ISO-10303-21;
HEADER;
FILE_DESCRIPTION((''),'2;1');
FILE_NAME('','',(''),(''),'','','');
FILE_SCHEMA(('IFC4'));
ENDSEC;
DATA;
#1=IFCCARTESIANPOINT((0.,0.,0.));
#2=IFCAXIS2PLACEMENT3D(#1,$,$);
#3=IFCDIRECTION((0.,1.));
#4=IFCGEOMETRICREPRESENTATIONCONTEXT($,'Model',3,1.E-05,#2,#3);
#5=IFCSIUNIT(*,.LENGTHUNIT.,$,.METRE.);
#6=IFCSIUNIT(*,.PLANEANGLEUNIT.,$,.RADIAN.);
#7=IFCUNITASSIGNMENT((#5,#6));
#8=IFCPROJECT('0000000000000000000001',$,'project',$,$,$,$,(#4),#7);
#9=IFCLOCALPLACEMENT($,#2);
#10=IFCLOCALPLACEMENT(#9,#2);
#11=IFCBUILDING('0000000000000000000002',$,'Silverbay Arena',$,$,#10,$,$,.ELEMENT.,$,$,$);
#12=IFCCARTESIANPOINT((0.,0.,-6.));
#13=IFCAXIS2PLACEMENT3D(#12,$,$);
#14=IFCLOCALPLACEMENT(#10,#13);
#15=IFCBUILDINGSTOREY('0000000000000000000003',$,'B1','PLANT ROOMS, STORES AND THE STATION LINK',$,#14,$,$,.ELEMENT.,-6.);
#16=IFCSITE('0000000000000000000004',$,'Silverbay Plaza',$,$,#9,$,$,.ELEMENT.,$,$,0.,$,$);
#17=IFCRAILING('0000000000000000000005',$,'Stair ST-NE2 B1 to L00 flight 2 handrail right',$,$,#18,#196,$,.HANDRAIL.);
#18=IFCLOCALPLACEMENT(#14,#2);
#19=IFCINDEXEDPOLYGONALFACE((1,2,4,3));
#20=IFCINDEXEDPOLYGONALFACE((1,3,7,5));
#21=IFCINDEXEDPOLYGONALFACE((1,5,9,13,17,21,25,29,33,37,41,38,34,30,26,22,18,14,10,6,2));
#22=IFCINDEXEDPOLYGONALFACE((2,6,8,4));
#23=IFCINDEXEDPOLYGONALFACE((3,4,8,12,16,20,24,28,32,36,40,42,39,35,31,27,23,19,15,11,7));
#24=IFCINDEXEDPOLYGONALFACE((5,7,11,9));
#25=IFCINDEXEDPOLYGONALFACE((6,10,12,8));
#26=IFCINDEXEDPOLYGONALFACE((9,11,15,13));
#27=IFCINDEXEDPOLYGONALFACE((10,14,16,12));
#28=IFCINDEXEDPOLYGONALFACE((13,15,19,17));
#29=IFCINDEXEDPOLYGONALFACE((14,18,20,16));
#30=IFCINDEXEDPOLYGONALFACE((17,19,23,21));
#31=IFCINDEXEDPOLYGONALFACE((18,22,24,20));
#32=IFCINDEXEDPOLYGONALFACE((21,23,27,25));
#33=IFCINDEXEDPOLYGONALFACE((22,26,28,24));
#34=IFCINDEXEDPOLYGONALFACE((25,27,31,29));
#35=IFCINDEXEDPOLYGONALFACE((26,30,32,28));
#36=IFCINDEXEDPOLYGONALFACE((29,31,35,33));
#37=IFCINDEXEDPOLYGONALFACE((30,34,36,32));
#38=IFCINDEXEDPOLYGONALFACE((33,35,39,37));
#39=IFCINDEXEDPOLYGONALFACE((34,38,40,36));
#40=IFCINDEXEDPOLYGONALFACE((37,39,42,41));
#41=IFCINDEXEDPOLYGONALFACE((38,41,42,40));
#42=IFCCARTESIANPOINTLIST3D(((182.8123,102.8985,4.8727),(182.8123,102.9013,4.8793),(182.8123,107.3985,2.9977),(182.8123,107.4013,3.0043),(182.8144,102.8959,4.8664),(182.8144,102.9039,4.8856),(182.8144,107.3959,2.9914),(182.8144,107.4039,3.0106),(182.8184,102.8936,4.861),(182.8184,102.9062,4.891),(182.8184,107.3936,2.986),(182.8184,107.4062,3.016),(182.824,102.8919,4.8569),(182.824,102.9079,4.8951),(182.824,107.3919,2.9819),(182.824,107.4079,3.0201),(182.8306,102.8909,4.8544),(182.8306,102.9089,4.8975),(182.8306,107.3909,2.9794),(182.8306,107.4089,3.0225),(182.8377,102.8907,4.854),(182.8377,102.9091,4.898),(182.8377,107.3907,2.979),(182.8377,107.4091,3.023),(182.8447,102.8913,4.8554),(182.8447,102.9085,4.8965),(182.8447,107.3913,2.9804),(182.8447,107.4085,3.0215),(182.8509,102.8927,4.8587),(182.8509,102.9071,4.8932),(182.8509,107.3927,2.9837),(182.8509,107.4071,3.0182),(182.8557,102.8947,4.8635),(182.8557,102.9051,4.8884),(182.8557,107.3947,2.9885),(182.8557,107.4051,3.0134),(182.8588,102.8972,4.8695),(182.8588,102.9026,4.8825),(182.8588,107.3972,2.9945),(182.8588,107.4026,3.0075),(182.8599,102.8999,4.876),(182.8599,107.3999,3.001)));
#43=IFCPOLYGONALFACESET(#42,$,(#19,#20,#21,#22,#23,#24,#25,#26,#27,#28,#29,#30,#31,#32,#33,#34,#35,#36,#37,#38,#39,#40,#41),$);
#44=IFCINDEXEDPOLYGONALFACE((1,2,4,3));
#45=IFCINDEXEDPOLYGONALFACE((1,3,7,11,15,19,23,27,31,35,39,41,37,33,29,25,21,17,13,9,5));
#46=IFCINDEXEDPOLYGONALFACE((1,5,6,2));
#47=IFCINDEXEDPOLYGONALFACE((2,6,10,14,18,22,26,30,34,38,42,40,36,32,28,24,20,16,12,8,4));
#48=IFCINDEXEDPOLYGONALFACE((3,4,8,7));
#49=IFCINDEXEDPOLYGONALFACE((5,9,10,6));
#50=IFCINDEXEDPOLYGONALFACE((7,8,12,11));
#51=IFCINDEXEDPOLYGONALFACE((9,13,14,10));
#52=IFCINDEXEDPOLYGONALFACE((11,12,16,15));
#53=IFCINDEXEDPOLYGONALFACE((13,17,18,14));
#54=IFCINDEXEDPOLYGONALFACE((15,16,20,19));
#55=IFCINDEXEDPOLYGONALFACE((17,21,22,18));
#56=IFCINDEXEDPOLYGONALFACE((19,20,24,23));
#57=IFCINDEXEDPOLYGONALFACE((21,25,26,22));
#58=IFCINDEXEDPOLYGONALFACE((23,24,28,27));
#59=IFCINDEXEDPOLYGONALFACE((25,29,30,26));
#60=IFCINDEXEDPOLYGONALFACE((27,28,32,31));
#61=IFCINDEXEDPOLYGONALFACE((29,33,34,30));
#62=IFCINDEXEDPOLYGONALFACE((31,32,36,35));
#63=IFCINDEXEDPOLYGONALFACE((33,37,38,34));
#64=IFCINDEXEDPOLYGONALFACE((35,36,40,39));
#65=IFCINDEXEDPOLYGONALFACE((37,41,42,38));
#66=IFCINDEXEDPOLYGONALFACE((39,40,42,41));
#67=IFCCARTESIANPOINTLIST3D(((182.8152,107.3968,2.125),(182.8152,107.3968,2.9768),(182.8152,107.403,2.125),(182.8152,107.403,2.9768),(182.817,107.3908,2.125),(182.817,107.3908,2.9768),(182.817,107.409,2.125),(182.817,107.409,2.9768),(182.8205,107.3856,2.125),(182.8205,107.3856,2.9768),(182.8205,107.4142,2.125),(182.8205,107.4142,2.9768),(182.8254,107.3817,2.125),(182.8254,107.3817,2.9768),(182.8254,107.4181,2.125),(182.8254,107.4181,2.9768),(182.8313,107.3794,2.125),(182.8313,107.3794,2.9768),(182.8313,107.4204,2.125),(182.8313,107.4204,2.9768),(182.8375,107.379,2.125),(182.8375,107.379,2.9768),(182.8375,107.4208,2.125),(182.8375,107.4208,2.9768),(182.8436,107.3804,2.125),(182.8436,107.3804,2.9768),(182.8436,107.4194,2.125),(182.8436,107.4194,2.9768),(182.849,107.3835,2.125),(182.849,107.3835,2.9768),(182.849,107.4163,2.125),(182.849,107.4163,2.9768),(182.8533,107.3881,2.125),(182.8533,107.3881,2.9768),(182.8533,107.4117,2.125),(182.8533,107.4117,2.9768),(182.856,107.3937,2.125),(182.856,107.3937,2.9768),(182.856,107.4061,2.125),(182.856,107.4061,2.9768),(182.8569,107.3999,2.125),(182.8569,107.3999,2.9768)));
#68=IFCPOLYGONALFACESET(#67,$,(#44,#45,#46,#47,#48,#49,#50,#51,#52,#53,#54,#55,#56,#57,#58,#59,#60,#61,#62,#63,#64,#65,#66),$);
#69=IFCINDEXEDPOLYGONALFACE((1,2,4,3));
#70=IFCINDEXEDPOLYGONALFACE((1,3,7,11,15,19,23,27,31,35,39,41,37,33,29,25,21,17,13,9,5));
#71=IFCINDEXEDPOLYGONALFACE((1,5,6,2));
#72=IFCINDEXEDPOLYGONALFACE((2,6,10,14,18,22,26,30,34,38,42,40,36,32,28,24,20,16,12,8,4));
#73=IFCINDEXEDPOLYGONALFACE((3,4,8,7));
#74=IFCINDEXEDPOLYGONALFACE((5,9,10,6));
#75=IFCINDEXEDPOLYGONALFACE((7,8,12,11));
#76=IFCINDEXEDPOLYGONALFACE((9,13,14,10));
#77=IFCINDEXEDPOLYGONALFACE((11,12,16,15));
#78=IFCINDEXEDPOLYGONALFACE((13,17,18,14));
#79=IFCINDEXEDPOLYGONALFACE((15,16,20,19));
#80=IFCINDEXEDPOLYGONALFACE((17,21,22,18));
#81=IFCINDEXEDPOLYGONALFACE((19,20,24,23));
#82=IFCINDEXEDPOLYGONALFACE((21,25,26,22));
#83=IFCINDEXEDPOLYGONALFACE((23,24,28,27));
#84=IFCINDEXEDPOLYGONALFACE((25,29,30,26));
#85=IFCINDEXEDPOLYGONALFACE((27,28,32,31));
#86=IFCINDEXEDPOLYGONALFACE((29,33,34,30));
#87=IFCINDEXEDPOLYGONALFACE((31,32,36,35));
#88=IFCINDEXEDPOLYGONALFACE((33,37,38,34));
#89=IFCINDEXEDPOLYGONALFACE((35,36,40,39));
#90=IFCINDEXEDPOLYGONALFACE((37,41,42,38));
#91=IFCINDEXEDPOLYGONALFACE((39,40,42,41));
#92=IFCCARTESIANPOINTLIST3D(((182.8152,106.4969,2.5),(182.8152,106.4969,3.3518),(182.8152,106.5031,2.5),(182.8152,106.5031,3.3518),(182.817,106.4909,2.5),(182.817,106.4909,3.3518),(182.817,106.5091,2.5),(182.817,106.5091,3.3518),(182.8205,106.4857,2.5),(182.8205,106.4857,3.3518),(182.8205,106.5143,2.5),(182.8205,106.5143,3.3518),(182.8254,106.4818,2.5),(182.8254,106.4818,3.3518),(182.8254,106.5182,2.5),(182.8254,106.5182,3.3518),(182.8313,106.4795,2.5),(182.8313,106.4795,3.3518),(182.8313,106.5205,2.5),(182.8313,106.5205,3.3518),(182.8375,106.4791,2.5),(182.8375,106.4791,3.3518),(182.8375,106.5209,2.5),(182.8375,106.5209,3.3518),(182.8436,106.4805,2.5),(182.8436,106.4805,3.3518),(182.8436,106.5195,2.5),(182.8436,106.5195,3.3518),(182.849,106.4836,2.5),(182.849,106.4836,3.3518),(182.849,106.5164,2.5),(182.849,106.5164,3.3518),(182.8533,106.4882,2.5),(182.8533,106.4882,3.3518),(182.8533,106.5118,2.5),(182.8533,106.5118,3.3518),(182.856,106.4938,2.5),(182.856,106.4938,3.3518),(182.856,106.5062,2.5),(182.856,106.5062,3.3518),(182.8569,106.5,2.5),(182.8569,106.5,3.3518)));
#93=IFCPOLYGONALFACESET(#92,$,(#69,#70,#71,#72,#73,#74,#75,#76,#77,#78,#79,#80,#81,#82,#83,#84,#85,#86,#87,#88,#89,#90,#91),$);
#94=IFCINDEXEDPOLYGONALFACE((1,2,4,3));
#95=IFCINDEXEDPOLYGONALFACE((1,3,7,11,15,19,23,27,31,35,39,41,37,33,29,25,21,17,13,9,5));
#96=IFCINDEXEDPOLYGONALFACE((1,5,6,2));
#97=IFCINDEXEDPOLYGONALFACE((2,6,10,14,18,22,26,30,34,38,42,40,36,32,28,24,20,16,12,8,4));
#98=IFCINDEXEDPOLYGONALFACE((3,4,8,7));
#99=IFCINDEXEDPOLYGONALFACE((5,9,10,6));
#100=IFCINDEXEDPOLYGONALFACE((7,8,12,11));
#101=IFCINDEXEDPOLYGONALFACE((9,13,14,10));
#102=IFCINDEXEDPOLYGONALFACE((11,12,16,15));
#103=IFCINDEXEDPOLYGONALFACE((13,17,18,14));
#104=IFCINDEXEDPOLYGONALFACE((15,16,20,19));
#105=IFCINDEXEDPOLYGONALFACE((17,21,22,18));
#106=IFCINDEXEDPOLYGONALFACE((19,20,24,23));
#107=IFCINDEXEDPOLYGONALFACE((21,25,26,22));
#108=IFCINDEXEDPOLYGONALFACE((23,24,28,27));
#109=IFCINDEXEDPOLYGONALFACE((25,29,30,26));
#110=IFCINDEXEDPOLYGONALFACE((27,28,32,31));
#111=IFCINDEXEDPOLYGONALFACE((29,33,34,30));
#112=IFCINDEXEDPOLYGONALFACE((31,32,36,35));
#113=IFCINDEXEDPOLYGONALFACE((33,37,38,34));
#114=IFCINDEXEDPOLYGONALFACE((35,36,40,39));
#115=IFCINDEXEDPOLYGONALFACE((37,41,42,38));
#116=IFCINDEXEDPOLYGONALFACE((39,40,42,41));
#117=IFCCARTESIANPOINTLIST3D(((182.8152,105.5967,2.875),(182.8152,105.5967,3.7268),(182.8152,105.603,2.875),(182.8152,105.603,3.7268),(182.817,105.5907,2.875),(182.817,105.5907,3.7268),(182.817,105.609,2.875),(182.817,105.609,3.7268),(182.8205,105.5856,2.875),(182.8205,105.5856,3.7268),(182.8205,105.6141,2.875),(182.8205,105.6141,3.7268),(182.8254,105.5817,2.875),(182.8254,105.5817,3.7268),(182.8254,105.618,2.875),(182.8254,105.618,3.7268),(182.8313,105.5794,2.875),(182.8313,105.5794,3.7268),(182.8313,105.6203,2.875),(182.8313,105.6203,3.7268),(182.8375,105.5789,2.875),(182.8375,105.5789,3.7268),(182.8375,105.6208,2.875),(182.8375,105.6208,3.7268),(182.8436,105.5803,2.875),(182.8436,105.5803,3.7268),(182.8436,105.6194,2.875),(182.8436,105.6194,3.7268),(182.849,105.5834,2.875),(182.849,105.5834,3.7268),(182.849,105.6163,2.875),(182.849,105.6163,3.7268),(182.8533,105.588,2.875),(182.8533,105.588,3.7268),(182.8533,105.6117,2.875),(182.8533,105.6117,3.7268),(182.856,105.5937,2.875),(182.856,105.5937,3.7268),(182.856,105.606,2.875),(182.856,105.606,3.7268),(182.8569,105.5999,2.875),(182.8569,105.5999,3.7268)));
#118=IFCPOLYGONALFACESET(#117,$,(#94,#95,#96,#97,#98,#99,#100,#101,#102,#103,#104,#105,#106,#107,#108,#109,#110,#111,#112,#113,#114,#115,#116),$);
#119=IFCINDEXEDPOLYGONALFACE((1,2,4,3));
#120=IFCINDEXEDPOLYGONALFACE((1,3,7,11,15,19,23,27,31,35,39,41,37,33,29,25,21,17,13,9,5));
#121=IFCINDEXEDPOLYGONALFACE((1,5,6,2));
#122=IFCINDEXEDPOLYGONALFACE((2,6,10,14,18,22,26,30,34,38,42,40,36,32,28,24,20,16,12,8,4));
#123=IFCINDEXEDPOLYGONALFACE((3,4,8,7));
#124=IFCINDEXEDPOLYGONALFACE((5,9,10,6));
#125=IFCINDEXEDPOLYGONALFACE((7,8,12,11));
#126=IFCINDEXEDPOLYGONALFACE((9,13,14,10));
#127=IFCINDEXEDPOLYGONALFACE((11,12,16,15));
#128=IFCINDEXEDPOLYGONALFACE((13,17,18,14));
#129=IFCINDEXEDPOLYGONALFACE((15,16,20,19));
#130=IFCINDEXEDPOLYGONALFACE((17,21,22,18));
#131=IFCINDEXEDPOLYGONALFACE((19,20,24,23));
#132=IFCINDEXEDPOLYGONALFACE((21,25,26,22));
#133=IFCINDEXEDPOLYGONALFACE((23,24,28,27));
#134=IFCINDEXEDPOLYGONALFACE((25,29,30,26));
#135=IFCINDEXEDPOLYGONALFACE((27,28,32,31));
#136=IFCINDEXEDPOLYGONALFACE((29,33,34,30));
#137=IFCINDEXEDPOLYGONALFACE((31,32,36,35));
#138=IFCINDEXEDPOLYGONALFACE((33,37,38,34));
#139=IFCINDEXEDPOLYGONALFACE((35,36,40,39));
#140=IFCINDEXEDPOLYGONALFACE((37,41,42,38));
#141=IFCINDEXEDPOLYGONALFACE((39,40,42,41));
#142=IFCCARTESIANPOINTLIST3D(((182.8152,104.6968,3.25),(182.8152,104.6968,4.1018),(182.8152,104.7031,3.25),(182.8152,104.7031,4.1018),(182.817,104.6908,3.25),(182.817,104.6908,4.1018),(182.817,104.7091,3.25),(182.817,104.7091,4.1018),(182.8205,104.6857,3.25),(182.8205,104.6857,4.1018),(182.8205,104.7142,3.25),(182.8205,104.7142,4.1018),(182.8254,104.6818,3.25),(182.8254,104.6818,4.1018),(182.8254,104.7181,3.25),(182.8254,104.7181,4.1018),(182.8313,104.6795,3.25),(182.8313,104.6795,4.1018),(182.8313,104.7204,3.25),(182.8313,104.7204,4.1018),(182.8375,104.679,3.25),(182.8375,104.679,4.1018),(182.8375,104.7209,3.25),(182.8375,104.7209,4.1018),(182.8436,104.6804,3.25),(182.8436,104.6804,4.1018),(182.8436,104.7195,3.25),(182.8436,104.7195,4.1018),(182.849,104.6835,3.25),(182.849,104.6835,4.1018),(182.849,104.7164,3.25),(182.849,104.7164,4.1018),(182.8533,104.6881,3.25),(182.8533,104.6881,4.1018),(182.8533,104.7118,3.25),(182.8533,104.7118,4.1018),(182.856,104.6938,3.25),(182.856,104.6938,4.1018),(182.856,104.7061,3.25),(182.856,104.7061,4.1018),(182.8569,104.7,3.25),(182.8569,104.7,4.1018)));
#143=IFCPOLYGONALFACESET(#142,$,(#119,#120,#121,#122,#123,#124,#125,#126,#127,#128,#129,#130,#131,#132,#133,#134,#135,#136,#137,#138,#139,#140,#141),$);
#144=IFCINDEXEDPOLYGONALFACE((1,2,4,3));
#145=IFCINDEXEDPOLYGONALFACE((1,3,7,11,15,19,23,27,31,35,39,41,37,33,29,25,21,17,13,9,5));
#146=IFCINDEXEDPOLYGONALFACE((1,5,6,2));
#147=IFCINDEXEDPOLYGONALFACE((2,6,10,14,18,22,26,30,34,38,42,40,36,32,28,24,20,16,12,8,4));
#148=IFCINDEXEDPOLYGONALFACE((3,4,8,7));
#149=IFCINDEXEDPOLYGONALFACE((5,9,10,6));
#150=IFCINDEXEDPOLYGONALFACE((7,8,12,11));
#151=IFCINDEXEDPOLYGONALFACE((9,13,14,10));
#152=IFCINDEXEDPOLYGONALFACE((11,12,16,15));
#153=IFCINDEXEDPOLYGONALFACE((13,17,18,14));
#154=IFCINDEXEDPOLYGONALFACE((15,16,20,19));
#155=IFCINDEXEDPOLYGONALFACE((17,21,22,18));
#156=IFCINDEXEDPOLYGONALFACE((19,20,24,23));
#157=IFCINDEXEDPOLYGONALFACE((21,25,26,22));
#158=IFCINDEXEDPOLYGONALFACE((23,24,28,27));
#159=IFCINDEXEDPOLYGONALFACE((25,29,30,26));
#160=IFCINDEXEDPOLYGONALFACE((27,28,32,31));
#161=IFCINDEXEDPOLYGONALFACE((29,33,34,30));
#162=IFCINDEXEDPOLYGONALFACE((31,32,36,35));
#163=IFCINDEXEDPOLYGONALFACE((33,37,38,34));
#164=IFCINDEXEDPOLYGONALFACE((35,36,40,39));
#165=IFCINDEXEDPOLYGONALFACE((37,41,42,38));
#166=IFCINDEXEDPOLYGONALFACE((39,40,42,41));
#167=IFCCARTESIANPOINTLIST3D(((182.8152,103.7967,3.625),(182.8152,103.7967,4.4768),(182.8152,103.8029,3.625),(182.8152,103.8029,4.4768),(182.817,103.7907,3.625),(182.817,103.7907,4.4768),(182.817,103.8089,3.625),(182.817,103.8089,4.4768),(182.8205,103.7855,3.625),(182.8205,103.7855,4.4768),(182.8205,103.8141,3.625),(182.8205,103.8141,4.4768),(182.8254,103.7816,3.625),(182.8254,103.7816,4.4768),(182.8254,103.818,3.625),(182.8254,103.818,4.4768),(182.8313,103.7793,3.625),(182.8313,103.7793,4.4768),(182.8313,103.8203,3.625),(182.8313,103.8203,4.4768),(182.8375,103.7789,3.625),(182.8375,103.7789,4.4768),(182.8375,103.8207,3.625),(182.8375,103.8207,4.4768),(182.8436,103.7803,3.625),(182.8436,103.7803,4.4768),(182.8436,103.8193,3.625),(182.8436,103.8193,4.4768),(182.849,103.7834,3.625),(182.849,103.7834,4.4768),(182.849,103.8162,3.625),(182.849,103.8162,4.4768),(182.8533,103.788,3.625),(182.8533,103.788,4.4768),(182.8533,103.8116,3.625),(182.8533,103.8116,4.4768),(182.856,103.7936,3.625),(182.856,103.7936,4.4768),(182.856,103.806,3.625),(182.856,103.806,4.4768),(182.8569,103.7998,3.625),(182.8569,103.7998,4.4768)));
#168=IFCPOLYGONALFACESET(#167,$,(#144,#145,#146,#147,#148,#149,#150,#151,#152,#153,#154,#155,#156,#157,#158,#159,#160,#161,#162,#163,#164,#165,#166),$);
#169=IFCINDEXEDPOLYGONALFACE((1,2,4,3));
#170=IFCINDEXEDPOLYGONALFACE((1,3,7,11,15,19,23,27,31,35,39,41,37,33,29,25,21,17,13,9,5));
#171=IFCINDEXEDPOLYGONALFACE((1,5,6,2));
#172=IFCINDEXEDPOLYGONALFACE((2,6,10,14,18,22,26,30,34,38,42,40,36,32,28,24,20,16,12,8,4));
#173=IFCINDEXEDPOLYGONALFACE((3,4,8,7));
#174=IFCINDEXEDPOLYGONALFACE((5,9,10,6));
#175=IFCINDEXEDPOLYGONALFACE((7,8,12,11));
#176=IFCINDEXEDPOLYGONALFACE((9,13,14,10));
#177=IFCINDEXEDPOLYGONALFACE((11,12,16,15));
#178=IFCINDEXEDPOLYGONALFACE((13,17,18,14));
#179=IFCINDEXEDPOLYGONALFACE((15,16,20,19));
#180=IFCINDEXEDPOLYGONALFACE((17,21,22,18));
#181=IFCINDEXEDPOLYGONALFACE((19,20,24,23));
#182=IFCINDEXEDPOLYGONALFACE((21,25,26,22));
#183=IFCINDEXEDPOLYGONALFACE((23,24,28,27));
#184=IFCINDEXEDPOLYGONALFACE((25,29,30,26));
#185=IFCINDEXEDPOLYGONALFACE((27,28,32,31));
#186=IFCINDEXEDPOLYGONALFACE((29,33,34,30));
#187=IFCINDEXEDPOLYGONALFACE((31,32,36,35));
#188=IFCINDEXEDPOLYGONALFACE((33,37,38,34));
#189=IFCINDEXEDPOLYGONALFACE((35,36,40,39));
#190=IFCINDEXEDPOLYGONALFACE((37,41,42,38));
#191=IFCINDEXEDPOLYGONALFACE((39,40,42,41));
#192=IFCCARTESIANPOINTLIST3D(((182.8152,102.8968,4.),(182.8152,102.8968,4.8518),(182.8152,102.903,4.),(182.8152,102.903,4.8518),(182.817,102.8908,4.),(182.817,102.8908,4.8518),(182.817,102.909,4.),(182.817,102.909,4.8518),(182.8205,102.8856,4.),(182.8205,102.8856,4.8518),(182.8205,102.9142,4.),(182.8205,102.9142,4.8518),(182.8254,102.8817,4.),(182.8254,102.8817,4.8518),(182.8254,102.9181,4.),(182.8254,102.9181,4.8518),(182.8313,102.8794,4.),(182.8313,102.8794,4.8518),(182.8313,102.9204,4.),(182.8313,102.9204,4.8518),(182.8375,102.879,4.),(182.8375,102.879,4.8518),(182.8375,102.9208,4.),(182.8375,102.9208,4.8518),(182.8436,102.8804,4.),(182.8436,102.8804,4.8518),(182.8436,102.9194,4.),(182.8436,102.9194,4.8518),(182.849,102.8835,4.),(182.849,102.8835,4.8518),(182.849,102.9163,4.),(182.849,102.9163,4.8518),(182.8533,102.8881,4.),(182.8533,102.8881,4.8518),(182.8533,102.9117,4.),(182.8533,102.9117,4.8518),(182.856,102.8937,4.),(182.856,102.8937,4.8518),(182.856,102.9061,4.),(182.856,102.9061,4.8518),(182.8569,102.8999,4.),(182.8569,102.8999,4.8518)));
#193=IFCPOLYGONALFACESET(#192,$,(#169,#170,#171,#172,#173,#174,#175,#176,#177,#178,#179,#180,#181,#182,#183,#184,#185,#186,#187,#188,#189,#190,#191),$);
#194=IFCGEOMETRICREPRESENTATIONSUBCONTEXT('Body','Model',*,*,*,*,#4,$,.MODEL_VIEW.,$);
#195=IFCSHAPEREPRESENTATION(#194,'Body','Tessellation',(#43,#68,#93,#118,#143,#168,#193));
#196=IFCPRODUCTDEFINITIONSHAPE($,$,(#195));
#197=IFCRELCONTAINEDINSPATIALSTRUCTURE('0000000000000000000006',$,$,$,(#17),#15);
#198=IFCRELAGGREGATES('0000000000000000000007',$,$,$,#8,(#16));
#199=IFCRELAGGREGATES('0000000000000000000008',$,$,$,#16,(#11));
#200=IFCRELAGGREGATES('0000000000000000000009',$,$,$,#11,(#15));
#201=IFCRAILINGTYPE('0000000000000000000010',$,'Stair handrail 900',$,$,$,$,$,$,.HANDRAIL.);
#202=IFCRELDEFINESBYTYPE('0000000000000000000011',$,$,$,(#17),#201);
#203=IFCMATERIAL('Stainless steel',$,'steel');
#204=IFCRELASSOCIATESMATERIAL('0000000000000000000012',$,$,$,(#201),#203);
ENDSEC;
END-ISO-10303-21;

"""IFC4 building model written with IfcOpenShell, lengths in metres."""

from ifc_helpers import new_model, si_unit, direction, frame, origin, origin_2d, place, context, subcontext, project, spatial, circle, extrude, material, type_object, element, save


model = new_model("IFC4")

# Units and contexts
model_context = context("Model", 3, precision=1e-05, world=origin(), true_north=direction((0.0, 1.0)))
body_context = subcontext(model_context, "Body", "Model", "MODEL_VIEW")
ifc_project = project(units=[si_unit("LENGTHUNIT", "METRE"), si_unit("PLANEANGLEUNIT", "RADIAN")], contexts=[model_context])

# Site, building, storey
site_placement = place(None, origin())
site = spatial("IfcSite", under=ifc_project, at=site_placement, Name="Silverbay Plaza", CompositionType="ELEMENT", RefElevation=0.0)
building_placement = place(site_placement, origin())
building = spatial("IfcBuilding", under=site, at=building_placement, Name="Silverbay Arena", CompositionType="ELEMENT")
storey_placement = place(building_placement, frame((0.0, 0.0, -6.0)))
storey = spatial("IfcBuildingStorey", under=building, at=storey_placement, Name="B1", Description="PLANT ROOMS, STORES AND THE STATION LINK", CompositionType="ELEMENT", Elevation=-6.0)

# Railing
ifc_material_1 = material(Name="Stainless steel", Category="steel")
railing_type_1 = type_object("IfcRailingType", Name="Stair handrail 900", PredefinedType="HANDRAIL", material=ifc_material_1)
for number, where, name in (
    (1, (182.8359, 107.3999, 2.125), "Stair ST-NE2 B1 to L00 flight 2 handrail right"),
):
    element("IfcRailing", number, at=place(storey_placement, frame(where)), inside=storey, type_object=railing_type_1, Name=name, PredefinedType="HANDRAIL", context=body_context, shape_type="SweptSolid", body=[
        extrude(circle(Radius=0.0239, at=origin_2d()), frame((0.0, 0.0, 0.876), z_axis=(0.0, -0.923077, 0.384615), x_axis=(1.0, 0.0, 0.0)), (0.0, 0.0, 1.0), 4.875),
        extrude(circle(Radius=0.021, at=origin_2d()), origin(), (0.0, 0.0, 1.0), 0.8518),
        extrude(circle(Radius=0.021, at=origin_2d()), frame((0.0, -0.8999, 0.375)), (0.0, 0.0, 1.0), 0.8518),
        extrude(circle(Radius=0.021, at=origin_2d()), frame((0.0, -1.8, 0.75)), (0.0, 0.0, 1.0), 0.8518),
        extrude(circle(Radius=0.021, at=origin_2d()), frame((0.0, -2.7, 1.125)), (0.0, 0.0, 1.0), 0.8518),
        extrude(circle(Radius=0.021, at=origin_2d()), frame((0.0, -3.6001, 1.5)), (0.0, 0.0, 1.0), 0.8518),
        extrude(circle(Radius=0.021, at=origin_2d()), frame((0.0, -4.5, 1.875)), (0.0, 0.0, 1.0), 0.8518),
    ])

save(model, "model.ifc")
